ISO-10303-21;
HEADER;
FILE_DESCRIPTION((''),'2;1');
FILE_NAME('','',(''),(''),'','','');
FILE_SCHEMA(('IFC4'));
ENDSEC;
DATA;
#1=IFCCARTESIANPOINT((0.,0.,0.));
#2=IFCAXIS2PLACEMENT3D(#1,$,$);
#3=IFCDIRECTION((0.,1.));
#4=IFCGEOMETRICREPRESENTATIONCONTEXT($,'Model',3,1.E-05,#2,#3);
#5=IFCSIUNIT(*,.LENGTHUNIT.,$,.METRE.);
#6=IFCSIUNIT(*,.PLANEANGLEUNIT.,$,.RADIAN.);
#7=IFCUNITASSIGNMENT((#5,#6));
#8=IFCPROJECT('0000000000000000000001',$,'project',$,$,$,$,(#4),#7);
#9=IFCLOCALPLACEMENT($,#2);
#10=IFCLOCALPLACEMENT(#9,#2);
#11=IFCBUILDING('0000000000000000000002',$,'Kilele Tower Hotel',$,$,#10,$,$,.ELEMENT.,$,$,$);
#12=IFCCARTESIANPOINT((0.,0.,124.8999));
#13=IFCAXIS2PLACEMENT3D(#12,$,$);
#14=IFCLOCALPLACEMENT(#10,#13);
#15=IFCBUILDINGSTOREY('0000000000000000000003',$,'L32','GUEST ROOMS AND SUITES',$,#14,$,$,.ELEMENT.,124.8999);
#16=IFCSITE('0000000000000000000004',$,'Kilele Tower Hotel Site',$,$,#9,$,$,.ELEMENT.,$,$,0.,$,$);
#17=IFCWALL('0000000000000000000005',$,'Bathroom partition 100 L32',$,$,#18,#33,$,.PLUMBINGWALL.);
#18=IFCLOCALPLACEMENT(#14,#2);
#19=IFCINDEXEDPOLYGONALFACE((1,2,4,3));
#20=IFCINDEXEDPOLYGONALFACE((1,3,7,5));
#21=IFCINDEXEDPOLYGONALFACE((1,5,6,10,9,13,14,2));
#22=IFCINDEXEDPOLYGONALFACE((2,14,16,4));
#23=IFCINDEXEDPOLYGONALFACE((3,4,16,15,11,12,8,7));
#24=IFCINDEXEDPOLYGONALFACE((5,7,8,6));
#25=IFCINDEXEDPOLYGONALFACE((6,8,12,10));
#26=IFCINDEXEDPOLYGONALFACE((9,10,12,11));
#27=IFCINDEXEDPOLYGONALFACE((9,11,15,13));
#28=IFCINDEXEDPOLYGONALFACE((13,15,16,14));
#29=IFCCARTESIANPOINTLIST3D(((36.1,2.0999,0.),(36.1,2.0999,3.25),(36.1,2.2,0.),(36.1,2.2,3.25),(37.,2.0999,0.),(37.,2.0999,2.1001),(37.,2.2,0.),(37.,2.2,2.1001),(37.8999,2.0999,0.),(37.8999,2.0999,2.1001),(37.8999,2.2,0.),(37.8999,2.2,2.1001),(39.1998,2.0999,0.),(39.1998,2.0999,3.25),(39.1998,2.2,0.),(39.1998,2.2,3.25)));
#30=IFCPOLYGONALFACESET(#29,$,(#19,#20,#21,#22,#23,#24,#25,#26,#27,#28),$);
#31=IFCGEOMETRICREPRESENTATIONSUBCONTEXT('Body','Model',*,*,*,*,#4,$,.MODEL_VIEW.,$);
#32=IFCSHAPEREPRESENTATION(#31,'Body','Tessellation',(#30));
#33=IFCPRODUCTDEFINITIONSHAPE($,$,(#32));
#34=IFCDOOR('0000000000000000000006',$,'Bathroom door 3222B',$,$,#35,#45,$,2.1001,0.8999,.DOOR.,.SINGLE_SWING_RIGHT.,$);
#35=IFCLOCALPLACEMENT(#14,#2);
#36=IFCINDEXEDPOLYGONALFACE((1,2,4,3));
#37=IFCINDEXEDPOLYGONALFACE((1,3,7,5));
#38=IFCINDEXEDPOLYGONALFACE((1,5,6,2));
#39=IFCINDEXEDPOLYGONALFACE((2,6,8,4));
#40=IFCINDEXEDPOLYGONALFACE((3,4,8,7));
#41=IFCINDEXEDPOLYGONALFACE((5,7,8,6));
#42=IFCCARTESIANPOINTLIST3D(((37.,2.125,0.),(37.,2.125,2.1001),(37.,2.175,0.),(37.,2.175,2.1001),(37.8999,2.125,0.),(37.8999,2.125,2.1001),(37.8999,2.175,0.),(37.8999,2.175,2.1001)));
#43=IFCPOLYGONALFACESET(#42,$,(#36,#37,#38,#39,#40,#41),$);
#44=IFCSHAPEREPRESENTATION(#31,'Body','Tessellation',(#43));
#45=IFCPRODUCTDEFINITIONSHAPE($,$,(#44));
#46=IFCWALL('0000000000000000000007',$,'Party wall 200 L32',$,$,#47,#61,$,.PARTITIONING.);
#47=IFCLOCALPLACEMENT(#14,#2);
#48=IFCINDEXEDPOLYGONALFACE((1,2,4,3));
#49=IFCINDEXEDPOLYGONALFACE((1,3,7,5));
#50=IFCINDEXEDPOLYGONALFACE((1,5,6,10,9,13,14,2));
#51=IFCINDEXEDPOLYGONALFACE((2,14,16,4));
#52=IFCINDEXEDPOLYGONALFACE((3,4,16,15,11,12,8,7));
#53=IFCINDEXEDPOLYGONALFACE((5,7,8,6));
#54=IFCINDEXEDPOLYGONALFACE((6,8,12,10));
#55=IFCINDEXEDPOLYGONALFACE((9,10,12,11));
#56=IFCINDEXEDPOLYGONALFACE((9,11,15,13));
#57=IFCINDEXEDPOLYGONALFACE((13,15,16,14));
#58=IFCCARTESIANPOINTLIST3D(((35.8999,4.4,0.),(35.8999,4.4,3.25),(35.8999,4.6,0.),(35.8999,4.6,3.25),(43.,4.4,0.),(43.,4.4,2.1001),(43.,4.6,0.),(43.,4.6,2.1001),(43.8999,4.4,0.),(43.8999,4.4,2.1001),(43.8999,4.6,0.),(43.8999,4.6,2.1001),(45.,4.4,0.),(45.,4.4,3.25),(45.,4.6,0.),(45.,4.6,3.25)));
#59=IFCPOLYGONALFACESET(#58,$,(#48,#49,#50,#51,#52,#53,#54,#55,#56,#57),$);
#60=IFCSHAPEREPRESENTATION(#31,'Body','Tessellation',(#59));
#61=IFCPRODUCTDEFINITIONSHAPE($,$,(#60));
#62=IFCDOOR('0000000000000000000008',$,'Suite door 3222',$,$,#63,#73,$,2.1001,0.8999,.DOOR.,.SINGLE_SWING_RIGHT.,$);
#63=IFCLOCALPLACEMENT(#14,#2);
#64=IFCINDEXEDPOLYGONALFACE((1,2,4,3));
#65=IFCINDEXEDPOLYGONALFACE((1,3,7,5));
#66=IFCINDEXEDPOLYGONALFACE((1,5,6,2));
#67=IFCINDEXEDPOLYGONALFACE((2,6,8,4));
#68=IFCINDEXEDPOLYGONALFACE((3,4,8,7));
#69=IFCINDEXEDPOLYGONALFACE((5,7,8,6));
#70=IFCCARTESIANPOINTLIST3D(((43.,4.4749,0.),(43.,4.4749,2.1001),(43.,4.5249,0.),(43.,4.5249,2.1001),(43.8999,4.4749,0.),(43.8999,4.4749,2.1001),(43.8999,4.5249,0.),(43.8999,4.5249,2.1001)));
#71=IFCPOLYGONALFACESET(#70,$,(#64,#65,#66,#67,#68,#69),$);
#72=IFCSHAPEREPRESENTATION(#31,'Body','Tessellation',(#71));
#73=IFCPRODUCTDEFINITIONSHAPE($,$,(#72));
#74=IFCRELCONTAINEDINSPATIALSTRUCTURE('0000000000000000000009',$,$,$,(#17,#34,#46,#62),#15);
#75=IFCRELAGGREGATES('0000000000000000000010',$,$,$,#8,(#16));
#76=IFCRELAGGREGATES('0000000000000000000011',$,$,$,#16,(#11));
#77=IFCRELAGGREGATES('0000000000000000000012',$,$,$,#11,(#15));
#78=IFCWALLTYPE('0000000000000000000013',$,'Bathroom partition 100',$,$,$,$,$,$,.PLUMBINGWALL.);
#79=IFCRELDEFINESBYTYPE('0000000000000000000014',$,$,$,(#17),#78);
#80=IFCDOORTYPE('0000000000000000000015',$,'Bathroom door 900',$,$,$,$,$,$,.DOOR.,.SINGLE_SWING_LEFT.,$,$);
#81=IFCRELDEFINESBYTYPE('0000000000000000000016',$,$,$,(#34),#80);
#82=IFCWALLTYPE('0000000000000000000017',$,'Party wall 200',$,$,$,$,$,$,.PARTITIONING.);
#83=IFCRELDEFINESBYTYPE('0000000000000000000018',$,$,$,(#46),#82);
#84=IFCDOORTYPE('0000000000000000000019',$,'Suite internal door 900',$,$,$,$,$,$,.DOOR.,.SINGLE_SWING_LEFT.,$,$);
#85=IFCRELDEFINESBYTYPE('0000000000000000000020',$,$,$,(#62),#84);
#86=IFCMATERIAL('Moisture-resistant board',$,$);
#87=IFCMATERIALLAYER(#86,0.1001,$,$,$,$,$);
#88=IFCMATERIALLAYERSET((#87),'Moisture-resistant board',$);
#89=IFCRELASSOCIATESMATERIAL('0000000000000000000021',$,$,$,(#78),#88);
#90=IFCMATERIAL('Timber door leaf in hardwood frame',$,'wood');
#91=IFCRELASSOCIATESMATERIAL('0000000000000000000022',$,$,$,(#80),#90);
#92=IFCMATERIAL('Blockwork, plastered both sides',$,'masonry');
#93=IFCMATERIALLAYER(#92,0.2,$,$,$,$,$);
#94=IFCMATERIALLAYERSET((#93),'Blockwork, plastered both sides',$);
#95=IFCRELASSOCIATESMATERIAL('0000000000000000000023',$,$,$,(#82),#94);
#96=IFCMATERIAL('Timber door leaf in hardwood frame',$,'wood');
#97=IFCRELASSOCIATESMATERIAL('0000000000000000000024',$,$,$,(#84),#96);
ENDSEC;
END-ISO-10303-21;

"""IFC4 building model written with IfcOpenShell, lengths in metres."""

from ifc_helpers import new_model, si_unit, direction, frame, frame_2d, origin, place, context, subcontext, project, spatial, rectangle, extrude, material, layer, layer_set, type_object, element, fill, save


model = new_model("IFC4")

# Units and contexts
model_context = context("Model", 3, precision=1e-05, world=origin(), true_north=direction((0.0, 1.0)))
body_context = subcontext(model_context, "Body", "Model", "MODEL_VIEW")
ifc_project = project(units=[si_unit("LENGTHUNIT", "METRE"), si_unit("PLANEANGLEUNIT", "RADIAN")], contexts=[model_context])

# Site, building, storey
site_placement = place(None, origin())
site = spatial("IfcSite", under=ifc_project, at=site_placement, Name="Kilele Tower Hotel Site", CompositionType="ELEMENT", RefElevation=0.0)
building_placement = place(site_placement, origin())
building = spatial("IfcBuilding", under=site, at=building_placement, Name="Kilele Tower Hotel", CompositionType="ELEMENT")
storey_placement = place(building_placement, frame((0.0, 0.0, 124.8999)))
storey = spatial("IfcBuildingStorey", under=building, at=storey_placement, Name="L32", Description="GUEST ROOMS AND SUITES", CompositionType="ELEMENT", Elevation=124.8999)

# Shared definitions
ifc_material_1 = material(Name="Moisture-resistant board")
ifc_layer_1 = layer(ifc_material_1, 0.1001)
ifc_layer_set_1 = layer_set([ifc_layer_1], Name="Moisture-resistant board")
wall_type_1 = type_object("IfcWallType", Name="Bathroom partition 100", PredefinedType="PLUMBINGWALL", material=ifc_layer_set_1)

# Walls, openings, doors
ifc_material_2 = material(Name="Timber door leaf in hardwood frame", Category="wood")
door_type_1 = type_object("IfcDoorType", Name="Bathroom door 900", OperationType="SINGLE_SWING_LEFT", PredefinedType="DOOR", material=ifc_material_2)
wall_1_placement = place(storey_placement, frame((36.1001, 2.1499, 0.0), z_axis=(0.0, 0.0, 1.0), x_axis=(1.0, 0.0, 0.0)))
wall_1 = element("IfcWall", 1, at=wall_1_placement, inside=storey, type_object=wall_type_1, Name="Bathroom partition 100 L32", PredefinedType="PLUMBINGWALL", context=body_context, shape_type="SweptSolid", body=[
    extrude(rectangle(XDim=3.0999, YDim=0.1001, at=frame_2d((1.5498, 0.0))), origin(), (0.0, 0.0, 1.0), 3.25),
])
opening_1_placement = place(wall_1_placement, frame((1.7998, 0.0, 0.0), z_axis=(0.0, 0.0, 1.0), x_axis=(-1.0, 0.0, 0.0)))
opening_1 = element("IfcOpeningElement", 2, at=opening_1_placement, cuts=wall_1, PredefinedType="OPENING", context=body_context, shape_type="SweptSolid", body=[
    extrude(rectangle(XDim=0.8999, YDim=2.1001, at=frame_2d((0.45, 1.05))), frame((0.0, 0.0601, 0.0), z_axis=(0.0, -1.0, 0.0), x_axis=(1.0, 0.0, 0.0)), (0.0, 0.0, 1.0), 0.1201),
])
door_1_placement = place(opening_1_placement, origin())
door_1 = element("IfcDoor", 3, at=door_1_placement, inside=storey, type_object=door_type_1, Name="Bathroom door 3222B", OperationType="SINGLE_SWING_RIGHT", OverallHeight=2.1001, OverallWidth=0.8999, PredefinedType="DOOR", context=body_context, shape_type="SweptSolid", body=[
    extrude(rectangle(XDim=0.8999, YDim=2.1001, at=frame_2d((0.45, 1.05))), frame((0.0, 0.0249, 0.0), z_axis=(0.0, -1.0, 0.0), x_axis=(1.0, 0.0, 0.0)), (0.0, 0.0, 1.0), 0.05),
])
fill(opening_1, door_1)
ifc_material_3 = material(Name="Blockwork, plastered both sides", Category="masonry")
ifc_layer_2 = layer(ifc_material_3, 0.2)
ifc_layer_set_2 = layer_set([ifc_layer_2], Name="Blockwork, plastered both sides")
wall_type_2 = type_object("IfcWallType", Name="Party wall 200", PredefinedType="PARTITIONING", material=ifc_layer_set_2)
wall_2_placement = place(storey_placement, frame((35.8999, 4.5, 0.0), z_axis=(0.0, 0.0, 1.0), x_axis=(1.0, 0.0, 0.0)))
wall_2 = element("IfcWall", 4, at=wall_2_placement, inside=storey, type_object=wall_type_2, Name="Party wall 200 L32", PredefinedType="PARTITIONING", context=body_context, shape_type="SweptSolid", body=[
    extrude(rectangle(XDim=9.1001, YDim=0.2, at=frame_2d((4.55, 0.0))), origin(), (0.0, 0.0, 1.0), 3.25),
])
opening_2_placement = place(wall_2_placement, frame((7.1001, 0.0, 0.0)))
opening_2 = element("IfcOpeningElement", 5, at=opening_2_placement, cuts=wall_2, PredefinedType="OPENING", context=body_context, shape_type="SweptSolid", body=[
    extrude(rectangle(XDim=0.8999, YDim=2.1001, at=frame_2d((0.45, 1.05))), frame((0.0, 0.1099, 0.0), z_axis=(0.0, -1.0, 0.0), x_axis=(1.0, 0.0, 0.0)), (0.0, 0.0, 1.0), 0.22),
])
ifc_material_4 = material(Name="Timber door leaf in hardwood frame", Category="wood")
door_type_2 = type_object("IfcDoorType", Name="Suite internal door 900", OperationType="SINGLE_SWING_LEFT", PredefinedType="DOOR", material=ifc_material_4)
door_2_placement = place(opening_2_placement, origin())
door_2 = element("IfcDoor", 6, at=door_2_placement, inside=storey, type_object=door_type_2, Name="Suite door 3222", OperationType="SINGLE_SWING_RIGHT", OverallHeight=2.1001, OverallWidth=0.8999, PredefinedType="DOOR", context=body_context, shape_type="SweptSolid", body=[
    extrude(rectangle(XDim=0.8999, YDim=2.1001, at=frame_2d((0.45, 1.05))), frame((0.0, 0.0249, 0.0), z_axis=(0.0, -1.0, 0.0), x_axis=(1.0, 0.0, 0.0)), (0.0, 0.0, 1.0), 0.05),
])
fill(opening_2, door_2)

save(model, "model.ifc")
